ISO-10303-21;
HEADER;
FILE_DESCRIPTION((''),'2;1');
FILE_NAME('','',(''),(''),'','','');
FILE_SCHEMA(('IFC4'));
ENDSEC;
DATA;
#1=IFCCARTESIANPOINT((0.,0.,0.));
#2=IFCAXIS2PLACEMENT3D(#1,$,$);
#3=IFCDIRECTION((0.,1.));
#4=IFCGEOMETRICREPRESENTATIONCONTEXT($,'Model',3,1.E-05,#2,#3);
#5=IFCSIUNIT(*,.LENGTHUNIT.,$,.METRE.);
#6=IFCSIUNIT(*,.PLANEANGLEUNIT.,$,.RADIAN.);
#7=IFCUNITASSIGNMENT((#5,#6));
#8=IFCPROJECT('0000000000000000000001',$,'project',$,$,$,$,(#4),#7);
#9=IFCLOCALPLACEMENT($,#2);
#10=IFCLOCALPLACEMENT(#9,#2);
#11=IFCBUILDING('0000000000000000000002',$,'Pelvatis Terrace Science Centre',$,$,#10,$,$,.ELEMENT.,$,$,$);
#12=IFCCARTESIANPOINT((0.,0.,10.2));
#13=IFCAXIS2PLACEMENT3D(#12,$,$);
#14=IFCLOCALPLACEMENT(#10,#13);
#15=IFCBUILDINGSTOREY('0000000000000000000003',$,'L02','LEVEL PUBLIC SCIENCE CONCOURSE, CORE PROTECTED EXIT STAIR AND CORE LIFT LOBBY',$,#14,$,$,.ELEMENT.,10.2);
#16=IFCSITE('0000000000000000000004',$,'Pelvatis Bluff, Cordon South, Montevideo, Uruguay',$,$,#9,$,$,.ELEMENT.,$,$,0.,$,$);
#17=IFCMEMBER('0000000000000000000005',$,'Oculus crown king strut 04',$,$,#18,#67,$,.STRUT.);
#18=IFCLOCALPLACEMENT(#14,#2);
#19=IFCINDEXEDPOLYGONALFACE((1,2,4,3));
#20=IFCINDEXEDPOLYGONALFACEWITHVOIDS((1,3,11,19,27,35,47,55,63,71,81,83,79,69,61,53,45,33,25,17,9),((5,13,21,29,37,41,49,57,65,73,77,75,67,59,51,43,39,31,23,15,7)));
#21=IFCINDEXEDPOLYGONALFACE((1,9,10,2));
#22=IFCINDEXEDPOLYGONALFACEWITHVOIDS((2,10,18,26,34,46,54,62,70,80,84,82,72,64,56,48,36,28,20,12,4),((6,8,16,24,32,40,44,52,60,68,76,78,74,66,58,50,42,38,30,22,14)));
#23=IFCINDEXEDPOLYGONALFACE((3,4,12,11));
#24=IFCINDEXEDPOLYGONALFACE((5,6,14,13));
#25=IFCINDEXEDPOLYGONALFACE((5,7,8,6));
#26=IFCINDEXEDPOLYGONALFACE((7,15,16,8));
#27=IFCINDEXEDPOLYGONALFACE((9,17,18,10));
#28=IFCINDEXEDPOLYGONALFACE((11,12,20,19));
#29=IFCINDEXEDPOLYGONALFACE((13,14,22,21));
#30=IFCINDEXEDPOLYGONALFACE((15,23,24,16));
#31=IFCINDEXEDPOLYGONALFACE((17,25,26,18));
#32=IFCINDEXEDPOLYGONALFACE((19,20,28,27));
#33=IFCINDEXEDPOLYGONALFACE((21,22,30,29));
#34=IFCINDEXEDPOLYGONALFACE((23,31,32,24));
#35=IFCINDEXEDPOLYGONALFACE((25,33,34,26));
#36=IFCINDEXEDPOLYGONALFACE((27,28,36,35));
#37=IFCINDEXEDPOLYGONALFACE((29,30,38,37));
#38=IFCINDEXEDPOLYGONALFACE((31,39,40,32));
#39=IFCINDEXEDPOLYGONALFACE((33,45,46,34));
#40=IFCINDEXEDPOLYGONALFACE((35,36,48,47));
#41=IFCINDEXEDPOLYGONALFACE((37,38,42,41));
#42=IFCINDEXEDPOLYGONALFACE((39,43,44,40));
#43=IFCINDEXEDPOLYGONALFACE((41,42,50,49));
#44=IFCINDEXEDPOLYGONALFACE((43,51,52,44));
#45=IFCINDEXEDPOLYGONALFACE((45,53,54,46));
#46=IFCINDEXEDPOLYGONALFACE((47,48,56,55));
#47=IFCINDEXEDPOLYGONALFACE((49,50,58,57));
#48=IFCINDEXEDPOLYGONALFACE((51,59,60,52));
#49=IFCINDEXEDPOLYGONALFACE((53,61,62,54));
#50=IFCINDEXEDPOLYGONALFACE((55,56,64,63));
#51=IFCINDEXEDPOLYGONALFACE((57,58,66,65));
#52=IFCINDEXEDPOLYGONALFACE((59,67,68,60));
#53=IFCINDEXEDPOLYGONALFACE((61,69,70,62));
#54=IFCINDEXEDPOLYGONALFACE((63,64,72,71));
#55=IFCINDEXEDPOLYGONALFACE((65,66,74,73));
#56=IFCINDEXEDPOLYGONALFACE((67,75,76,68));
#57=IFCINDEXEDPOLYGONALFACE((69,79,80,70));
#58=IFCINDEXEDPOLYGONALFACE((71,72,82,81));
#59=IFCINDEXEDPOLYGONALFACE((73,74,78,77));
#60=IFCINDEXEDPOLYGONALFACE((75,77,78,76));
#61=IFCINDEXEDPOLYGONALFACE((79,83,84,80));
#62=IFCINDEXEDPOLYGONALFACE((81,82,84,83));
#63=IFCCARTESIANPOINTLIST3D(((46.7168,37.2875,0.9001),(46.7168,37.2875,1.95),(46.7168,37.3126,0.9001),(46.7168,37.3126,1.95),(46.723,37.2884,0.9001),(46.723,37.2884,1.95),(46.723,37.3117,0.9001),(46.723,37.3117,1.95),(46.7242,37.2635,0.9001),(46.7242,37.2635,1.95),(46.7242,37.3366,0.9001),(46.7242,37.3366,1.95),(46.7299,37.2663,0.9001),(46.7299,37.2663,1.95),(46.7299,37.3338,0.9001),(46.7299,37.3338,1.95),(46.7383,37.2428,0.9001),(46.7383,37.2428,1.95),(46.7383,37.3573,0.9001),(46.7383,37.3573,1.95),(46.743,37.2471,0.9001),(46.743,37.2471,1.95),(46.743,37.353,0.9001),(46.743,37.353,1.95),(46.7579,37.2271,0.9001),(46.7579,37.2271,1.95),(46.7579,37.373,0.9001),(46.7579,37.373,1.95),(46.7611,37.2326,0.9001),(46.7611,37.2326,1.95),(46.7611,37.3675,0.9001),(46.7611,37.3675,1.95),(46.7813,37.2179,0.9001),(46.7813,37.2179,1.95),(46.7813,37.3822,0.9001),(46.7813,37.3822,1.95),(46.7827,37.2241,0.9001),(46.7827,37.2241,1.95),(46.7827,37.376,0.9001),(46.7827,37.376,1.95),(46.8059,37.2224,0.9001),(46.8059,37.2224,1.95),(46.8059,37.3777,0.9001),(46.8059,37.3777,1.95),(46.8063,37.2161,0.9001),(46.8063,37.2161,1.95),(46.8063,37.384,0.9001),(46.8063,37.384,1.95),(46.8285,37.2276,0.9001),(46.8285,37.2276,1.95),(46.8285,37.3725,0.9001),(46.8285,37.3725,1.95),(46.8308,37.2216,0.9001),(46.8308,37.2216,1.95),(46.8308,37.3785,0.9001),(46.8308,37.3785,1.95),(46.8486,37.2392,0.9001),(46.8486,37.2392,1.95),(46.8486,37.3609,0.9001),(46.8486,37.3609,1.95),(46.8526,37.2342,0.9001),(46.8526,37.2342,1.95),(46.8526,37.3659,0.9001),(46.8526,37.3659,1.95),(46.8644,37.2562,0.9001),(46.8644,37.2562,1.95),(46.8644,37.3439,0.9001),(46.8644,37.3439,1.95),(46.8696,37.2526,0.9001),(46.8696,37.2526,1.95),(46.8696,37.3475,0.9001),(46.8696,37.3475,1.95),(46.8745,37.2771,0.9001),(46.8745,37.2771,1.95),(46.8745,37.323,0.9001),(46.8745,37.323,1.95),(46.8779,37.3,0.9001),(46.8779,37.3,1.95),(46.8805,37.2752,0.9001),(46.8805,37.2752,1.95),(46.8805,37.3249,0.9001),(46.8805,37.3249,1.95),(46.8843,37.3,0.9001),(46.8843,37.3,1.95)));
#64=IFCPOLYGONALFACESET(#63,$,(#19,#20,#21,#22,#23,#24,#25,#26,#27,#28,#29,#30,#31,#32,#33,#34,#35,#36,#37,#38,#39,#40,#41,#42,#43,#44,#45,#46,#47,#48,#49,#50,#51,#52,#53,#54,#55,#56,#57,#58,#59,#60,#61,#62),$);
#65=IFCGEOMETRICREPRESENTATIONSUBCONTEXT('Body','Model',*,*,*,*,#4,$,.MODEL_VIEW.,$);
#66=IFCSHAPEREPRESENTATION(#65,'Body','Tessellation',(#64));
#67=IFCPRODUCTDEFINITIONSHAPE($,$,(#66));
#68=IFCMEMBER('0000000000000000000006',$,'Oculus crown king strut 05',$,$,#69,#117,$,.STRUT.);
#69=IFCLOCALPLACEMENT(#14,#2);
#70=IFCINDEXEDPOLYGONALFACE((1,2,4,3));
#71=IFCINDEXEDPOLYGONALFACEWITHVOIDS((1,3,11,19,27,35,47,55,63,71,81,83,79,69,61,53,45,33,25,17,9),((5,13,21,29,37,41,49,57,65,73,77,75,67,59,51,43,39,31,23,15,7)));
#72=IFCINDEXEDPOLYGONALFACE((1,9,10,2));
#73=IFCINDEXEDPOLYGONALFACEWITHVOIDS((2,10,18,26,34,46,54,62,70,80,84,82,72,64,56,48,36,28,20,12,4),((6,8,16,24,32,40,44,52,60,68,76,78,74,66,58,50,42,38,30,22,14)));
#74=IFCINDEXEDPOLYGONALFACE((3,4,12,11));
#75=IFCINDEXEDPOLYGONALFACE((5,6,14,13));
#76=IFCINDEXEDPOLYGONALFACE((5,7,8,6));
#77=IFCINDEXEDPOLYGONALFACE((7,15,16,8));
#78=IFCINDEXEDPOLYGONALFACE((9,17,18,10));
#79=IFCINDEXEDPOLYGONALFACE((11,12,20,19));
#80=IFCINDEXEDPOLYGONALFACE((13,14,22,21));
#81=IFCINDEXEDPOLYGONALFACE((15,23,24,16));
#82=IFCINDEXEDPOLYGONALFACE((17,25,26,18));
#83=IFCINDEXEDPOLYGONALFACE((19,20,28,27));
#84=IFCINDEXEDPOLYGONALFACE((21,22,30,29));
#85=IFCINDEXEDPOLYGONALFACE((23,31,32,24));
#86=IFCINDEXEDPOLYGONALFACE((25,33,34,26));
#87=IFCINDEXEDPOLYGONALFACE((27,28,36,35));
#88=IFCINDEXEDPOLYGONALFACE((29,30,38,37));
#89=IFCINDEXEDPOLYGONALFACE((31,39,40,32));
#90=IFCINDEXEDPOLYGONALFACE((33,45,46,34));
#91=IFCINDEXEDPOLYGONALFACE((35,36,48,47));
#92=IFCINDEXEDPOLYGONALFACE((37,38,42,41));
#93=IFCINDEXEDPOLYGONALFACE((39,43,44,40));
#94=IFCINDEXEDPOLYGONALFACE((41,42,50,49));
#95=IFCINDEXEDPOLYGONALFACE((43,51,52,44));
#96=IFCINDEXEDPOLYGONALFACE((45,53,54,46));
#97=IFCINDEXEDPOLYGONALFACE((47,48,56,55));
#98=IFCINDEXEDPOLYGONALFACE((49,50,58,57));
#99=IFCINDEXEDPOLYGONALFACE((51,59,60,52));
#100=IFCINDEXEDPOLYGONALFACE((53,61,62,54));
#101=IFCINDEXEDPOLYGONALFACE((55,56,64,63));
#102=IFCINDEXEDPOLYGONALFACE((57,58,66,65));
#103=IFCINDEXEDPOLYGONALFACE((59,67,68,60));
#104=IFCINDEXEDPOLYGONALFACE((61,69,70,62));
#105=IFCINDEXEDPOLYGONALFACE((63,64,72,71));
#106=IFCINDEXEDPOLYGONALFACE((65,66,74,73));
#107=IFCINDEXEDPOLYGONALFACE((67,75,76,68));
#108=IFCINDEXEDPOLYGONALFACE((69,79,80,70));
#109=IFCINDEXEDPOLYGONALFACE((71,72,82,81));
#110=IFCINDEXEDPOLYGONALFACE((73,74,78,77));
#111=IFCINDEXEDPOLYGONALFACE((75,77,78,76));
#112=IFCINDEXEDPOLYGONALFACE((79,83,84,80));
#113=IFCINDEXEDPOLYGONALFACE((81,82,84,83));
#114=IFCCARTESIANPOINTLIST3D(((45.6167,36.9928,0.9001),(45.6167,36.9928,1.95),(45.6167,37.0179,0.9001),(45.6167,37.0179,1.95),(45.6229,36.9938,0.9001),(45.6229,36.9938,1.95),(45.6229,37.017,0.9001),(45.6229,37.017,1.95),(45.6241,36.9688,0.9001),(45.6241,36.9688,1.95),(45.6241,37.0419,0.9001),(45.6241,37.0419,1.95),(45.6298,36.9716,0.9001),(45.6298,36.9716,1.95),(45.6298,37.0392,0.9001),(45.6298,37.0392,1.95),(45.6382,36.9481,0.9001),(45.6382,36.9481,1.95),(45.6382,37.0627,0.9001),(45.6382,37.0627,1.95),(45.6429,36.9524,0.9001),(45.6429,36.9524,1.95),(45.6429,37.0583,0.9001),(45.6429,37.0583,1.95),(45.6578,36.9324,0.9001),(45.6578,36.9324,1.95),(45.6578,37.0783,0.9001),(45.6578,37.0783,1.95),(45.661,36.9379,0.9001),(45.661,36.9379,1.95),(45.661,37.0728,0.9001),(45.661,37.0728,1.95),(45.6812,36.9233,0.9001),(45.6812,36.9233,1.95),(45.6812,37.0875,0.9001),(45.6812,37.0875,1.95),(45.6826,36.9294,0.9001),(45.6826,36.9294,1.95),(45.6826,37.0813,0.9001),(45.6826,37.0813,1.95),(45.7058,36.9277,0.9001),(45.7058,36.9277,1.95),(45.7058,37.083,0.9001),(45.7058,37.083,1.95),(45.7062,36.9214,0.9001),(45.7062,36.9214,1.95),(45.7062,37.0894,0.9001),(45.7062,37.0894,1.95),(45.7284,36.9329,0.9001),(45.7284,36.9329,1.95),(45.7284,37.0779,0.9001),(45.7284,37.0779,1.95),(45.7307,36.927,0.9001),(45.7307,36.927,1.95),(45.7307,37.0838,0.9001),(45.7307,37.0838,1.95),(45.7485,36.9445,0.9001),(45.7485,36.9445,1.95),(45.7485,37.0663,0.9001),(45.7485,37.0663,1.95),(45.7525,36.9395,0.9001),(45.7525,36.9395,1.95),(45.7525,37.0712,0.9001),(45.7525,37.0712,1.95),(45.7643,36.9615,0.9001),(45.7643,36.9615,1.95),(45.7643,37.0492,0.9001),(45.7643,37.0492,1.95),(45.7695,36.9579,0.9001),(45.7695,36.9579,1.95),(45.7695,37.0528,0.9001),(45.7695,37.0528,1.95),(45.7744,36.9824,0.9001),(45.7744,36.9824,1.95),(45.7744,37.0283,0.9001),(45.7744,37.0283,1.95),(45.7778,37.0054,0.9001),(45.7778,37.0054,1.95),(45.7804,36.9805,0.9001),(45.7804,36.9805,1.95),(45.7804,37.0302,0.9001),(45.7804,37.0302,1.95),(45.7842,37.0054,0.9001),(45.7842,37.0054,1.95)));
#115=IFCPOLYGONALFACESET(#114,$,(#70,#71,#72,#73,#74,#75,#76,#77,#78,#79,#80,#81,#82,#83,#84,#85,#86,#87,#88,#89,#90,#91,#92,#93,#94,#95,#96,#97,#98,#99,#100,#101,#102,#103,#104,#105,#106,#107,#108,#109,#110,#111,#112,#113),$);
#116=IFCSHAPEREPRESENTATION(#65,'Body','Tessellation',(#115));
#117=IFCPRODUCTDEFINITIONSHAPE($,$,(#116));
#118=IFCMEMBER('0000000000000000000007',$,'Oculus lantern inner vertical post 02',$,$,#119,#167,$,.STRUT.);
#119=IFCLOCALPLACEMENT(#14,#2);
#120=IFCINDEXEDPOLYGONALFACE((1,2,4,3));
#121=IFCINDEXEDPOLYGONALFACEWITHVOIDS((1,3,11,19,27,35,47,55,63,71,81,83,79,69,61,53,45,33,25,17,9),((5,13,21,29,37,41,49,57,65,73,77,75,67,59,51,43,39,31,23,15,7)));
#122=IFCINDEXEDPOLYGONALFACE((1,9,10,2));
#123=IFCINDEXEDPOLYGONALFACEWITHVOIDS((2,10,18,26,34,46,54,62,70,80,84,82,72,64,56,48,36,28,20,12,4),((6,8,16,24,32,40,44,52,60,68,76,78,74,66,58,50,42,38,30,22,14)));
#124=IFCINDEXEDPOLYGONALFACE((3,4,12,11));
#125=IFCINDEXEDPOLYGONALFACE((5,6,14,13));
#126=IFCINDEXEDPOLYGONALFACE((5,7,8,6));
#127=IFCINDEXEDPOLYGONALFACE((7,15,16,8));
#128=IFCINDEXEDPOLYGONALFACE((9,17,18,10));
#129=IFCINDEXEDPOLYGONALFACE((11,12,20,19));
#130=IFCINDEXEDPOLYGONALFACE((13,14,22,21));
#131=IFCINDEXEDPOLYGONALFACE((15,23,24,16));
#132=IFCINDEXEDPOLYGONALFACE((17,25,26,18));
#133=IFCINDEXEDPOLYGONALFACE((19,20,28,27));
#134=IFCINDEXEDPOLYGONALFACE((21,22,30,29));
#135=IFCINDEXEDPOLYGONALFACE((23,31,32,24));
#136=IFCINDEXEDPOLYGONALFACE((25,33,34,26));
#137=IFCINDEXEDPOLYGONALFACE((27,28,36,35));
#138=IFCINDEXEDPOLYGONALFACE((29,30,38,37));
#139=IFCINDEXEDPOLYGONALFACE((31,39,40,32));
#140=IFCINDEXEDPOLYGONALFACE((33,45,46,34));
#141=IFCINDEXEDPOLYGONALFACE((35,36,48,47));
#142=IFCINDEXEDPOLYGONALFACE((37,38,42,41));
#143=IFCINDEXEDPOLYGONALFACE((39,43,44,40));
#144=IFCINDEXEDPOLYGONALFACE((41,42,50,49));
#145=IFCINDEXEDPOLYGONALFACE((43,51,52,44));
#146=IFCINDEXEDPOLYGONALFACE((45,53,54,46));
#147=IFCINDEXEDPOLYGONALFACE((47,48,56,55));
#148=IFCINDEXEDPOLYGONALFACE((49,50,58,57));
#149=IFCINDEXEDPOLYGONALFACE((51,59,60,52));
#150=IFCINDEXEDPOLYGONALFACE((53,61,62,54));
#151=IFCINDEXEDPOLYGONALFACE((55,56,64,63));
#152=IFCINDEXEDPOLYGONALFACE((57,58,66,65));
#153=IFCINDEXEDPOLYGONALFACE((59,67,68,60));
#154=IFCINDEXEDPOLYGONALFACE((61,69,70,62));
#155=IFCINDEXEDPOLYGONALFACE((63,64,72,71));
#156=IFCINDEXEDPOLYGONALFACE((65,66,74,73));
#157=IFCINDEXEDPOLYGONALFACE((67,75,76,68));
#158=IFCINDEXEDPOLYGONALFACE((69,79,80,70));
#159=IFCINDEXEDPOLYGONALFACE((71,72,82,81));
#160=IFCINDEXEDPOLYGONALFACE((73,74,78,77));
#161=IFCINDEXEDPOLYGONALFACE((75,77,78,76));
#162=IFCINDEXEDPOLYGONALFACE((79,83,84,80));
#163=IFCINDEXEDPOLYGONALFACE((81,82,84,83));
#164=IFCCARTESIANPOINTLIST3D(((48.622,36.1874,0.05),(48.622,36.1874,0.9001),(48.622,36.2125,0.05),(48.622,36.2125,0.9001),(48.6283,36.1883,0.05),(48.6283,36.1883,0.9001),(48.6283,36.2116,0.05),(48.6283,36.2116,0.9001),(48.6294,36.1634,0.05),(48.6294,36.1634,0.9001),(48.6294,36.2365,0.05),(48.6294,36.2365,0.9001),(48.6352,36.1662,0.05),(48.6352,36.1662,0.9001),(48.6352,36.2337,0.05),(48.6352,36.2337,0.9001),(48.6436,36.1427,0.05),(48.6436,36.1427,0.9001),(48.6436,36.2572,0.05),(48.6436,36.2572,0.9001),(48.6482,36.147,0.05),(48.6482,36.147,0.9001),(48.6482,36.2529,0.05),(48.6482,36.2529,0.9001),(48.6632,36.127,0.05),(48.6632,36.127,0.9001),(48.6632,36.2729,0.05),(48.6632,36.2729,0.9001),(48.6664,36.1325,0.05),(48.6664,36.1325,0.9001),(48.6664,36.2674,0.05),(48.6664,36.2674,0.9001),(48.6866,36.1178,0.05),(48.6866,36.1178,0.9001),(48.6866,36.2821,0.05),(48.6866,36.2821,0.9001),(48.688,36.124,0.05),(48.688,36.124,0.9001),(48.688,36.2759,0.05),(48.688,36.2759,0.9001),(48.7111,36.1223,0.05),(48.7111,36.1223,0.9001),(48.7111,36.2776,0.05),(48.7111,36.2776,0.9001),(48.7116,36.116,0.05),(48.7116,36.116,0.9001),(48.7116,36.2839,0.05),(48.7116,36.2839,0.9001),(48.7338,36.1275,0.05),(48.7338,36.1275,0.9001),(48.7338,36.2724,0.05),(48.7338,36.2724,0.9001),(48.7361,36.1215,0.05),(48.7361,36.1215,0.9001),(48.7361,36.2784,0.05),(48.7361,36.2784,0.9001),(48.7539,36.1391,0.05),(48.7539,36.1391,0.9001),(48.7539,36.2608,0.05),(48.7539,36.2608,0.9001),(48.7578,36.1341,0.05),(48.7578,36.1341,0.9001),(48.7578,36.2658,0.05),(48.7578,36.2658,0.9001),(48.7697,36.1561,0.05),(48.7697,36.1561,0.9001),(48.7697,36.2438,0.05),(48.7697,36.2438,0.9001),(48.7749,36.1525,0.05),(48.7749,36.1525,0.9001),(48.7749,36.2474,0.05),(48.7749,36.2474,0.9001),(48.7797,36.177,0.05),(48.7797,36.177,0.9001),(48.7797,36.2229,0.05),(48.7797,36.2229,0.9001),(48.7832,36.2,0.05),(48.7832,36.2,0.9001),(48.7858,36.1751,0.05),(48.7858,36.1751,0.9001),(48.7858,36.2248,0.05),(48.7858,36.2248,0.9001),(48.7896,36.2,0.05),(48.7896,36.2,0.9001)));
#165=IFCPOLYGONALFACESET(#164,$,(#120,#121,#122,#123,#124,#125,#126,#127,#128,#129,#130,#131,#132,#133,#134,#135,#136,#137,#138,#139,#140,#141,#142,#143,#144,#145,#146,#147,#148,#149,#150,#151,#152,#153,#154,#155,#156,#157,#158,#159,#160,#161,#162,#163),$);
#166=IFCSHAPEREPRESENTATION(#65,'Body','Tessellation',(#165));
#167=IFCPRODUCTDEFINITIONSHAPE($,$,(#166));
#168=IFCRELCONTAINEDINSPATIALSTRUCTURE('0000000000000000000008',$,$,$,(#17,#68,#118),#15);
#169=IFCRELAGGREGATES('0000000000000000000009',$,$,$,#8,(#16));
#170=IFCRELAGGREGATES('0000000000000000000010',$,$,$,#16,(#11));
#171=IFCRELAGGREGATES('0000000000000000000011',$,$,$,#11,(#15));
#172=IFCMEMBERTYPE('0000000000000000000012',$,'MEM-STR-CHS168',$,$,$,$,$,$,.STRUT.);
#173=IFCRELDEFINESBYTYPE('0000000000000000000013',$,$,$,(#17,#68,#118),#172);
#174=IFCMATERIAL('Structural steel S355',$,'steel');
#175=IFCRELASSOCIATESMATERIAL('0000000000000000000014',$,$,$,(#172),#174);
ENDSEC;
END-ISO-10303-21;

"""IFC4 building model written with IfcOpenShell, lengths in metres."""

from ifc_helpers import new_model, si_unit, direction, frame, origin, origin_2d, place, context, subcontext, project, spatial, hollow_circle, extrude, material, material_profile, profile_set, type_object, element, save


model = new_model("IFC4")

# Units and contexts
model_context = context("Model", 3, precision=1e-05, world=origin(), true_north=direction((0.0, 1.0)))
body_context = subcontext(model_context, "Body", "Model", "MODEL_VIEW")
ifc_project = project(units=[si_unit("LENGTHUNIT", "METRE"), si_unit("PLANEANGLEUNIT", "RADIAN")], contexts=[model_context])

# Site, building, storey
site_placement = place(None, origin())
site = spatial("IfcSite", under=ifc_project, at=site_placement, Name="Pelvatis Bluff, Cordon South, Montevideo, Uruguay", CompositionType="ELEMENT", RefElevation=0.0)
building_placement = place(site_placement, origin())
building = spatial("IfcBuilding", under=site, at=building_placement, Name="Pelvatis Terrace Science Centre", CompositionType="ELEMENT")
storey_placement = place(building_placement, frame((0.0, 0.0, 10.2)))
storey = spatial("IfcBuildingStorey", under=building, at=storey_placement, Name="L02", Description="LEVEL PUBLIC SCIENCE CONCOURSE, CORE PROTECTED EXIT STAIR AND CORE LIFT LOBBY", CompositionType="ELEMENT", Elevation=10.2)

# Members
ifc_material_1 = material(Name="Structural steel S355", Category="steel")
ifc_material_profile_1 = material_profile(ifc_material_1, hollow_circle(Radius=0.0842, WallThickness=0.0063, at=origin_2d()), Name="CHS 168.3x6.3")
ifc_profile_set_1 = profile_set([ifc_material_profile_1], Name="Structural steel S355")
member_type_1 = type_object("IfcMemberType", Name="MEM-STR-CHS168", PredefinedType="STRUT", material=ifc_profile_set_1)
for number, where, z_axis, x_axis, name in (
    (1, (46.8, 37.3, 0.9001), (0.0, 0.0, 1.0), (1.0, 0.0, 0.0), "Oculus crown king strut 04"),
    (2, (45.7, 37.0054, 0.9001), (0.0, 0.0, 1.0), (1.0, 0.0, 0.0), "Oculus crown king strut 05"),
):
    element("IfcMember", number, at=place(storey_placement, frame(where, z_axis=z_axis, x_axis=x_axis)), inside=storey, type_object=member_type_1, Name=name, PredefinedType="STRUT", context=body_context, shape_type="SweptSolid", body=[
        extrude(hollow_circle(Radius=0.0842, WallThickness=0.0063, at=origin_2d()), origin(), (0.0, 0.0, 1.0), 1.0498),
    ])
for number, where, z_axis, x_axis, name in (
    (3, (48.7053, 36.2, 0.05), (0.0, 0.0, 1.0), (1.0, 0.0, 0.0), "Oculus lantern inner vertical post 02"),
):
    element("IfcMember", number, at=place(storey_placement, frame(where, z_axis=z_axis, x_axis=x_axis)), inside=storey, type_object=member_type_1, Name=name, PredefinedType="STRUT", context=body_context, shape_type="SweptSolid", body=[
        extrude(hollow_circle(Radius=0.0842, WallThickness=0.0063, at=origin_2d()), origin(), (0.0, 0.0, 1.0), 0.8501),
    ])

save(model, "model.ifc")
